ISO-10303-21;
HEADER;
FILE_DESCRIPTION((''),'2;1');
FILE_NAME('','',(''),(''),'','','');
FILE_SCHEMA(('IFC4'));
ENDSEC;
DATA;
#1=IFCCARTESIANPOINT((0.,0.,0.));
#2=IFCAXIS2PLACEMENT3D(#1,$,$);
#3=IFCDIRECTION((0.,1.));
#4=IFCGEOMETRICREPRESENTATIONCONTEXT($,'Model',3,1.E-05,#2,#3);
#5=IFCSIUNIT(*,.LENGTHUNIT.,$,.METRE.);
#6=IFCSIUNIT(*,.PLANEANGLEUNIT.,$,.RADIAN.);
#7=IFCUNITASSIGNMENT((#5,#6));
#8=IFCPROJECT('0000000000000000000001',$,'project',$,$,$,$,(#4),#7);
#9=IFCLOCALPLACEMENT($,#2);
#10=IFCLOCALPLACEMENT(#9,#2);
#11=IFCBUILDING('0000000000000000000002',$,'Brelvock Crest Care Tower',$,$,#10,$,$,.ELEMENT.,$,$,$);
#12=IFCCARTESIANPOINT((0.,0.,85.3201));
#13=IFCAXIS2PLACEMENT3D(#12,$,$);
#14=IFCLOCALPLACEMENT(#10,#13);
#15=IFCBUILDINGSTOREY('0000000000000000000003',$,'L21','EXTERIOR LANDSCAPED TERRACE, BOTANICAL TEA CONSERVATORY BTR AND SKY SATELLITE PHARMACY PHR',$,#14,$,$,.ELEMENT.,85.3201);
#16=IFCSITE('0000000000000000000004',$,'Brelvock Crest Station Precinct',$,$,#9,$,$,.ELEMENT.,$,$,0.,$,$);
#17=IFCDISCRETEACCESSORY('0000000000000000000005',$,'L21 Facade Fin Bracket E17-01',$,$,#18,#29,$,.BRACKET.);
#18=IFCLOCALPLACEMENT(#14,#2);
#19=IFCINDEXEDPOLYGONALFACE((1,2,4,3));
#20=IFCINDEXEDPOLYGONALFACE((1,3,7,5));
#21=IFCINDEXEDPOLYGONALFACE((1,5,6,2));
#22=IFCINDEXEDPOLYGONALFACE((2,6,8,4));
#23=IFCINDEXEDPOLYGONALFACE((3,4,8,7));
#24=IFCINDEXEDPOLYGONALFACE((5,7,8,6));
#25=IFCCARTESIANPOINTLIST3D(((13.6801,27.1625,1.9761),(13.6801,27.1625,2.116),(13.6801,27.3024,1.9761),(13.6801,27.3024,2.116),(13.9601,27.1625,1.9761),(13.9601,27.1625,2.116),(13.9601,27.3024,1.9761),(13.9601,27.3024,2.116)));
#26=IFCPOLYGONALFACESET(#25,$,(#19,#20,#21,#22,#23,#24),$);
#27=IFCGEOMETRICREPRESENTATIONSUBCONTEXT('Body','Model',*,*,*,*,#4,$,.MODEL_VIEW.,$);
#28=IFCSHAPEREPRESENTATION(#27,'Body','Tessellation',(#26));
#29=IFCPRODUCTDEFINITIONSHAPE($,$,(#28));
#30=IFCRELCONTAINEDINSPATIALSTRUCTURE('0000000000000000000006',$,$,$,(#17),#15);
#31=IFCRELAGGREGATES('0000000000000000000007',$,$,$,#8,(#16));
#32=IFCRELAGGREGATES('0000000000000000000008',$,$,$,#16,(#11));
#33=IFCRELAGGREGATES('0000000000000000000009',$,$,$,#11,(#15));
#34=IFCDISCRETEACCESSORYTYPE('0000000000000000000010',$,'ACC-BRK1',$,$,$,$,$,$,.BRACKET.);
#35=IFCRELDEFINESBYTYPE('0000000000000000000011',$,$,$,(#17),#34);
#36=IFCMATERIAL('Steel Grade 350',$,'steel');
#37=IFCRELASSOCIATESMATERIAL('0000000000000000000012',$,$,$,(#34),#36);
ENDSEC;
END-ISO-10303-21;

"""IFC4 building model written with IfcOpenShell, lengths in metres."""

from ifc_helpers import new_model, si_unit, direction, frame, origin, origin_2d, place, context, subcontext, project, spatial, rectangle, extrude, source, transform, mapped, material, type_object, element, save


model = new_model("IFC4")

# Units and contexts
model_context = context("Model", 3, precision=1e-05, world=origin(), true_north=direction((0.0, 1.0)))
body_context = subcontext(model_context, "Body", "Model", "MODEL_VIEW")
ifc_project = project(units=[si_unit("LENGTHUNIT", "METRE"), si_unit("PLANEANGLEUNIT", "RADIAN")], contexts=[model_context])

# Site, building, storey
site_placement = place(None, origin())
site = spatial("IfcSite", under=ifc_project, at=site_placement, Name="Brelvock Crest Station Precinct", CompositionType="ELEMENT", RefElevation=0.0)
building_placement = place(site_placement, origin())
building = spatial("IfcBuilding", under=site, at=building_placement, Name="Brelvock Crest Care Tower", CompositionType="ELEMENT")
storey_placement = place(building_placement, frame((0.0, 0.0, 85.3201)))
storey = spatial("IfcBuildingStorey", under=building, at=storey_placement, Name="L21", Description="EXTERIOR LANDSCAPED TERRACE, BOTANICAL TEA CONSERVATORY BTR AND SKY SATELLITE PHARMACY PHR", CompositionType="ELEMENT", Elevation=85.3201)

# Shared definitions
ifc_material_1 = material(Name="Steel Grade 350", Category="steel")

# Discrete accessory
discrete_accessory_type_1 = type_object("IfcDiscreteAccessoryType", Name="ACC-BRK1", PredefinedType="BRACKET", material=ifc_material_1)
shared_shape_1 = source(origin(), body_context, "Body", "SweptSolid", [
    extrude(rectangle(XDim=0.28, YDim=0.1399, at=origin_2d()), origin(), (0.0, 0.0, 1.0), 0.1399),
])
for number, where, z_axis, x_axis, name in (
    (1, (13.8201, 27.2324, 1.9761), (0.0, 0.0, 1.0), (-1.0, 0.0, 0.0), "L21 Facade Fin Bracket E17-01"),
):
    element("IfcDiscreteAccessory", number, at=place(storey_placement, frame(where, z_axis=z_axis, x_axis=x_axis)), inside=storey, type_object=discrete_accessory_type_1, Name=name, PredefinedType="BRACKET", context=body_context, shape_type="MappedRepresentation", body=[
        mapped(shared_shape_1, transform((0.0, 0.0, 0.0), x_axis=(1.0, 0.0, 0.0), y_axis=(0.0, 1.0, 0.0), z_axis=(0.0, 0.0, 1.0), scale=1.0)),
    ])

save(model, "model.ifc")
